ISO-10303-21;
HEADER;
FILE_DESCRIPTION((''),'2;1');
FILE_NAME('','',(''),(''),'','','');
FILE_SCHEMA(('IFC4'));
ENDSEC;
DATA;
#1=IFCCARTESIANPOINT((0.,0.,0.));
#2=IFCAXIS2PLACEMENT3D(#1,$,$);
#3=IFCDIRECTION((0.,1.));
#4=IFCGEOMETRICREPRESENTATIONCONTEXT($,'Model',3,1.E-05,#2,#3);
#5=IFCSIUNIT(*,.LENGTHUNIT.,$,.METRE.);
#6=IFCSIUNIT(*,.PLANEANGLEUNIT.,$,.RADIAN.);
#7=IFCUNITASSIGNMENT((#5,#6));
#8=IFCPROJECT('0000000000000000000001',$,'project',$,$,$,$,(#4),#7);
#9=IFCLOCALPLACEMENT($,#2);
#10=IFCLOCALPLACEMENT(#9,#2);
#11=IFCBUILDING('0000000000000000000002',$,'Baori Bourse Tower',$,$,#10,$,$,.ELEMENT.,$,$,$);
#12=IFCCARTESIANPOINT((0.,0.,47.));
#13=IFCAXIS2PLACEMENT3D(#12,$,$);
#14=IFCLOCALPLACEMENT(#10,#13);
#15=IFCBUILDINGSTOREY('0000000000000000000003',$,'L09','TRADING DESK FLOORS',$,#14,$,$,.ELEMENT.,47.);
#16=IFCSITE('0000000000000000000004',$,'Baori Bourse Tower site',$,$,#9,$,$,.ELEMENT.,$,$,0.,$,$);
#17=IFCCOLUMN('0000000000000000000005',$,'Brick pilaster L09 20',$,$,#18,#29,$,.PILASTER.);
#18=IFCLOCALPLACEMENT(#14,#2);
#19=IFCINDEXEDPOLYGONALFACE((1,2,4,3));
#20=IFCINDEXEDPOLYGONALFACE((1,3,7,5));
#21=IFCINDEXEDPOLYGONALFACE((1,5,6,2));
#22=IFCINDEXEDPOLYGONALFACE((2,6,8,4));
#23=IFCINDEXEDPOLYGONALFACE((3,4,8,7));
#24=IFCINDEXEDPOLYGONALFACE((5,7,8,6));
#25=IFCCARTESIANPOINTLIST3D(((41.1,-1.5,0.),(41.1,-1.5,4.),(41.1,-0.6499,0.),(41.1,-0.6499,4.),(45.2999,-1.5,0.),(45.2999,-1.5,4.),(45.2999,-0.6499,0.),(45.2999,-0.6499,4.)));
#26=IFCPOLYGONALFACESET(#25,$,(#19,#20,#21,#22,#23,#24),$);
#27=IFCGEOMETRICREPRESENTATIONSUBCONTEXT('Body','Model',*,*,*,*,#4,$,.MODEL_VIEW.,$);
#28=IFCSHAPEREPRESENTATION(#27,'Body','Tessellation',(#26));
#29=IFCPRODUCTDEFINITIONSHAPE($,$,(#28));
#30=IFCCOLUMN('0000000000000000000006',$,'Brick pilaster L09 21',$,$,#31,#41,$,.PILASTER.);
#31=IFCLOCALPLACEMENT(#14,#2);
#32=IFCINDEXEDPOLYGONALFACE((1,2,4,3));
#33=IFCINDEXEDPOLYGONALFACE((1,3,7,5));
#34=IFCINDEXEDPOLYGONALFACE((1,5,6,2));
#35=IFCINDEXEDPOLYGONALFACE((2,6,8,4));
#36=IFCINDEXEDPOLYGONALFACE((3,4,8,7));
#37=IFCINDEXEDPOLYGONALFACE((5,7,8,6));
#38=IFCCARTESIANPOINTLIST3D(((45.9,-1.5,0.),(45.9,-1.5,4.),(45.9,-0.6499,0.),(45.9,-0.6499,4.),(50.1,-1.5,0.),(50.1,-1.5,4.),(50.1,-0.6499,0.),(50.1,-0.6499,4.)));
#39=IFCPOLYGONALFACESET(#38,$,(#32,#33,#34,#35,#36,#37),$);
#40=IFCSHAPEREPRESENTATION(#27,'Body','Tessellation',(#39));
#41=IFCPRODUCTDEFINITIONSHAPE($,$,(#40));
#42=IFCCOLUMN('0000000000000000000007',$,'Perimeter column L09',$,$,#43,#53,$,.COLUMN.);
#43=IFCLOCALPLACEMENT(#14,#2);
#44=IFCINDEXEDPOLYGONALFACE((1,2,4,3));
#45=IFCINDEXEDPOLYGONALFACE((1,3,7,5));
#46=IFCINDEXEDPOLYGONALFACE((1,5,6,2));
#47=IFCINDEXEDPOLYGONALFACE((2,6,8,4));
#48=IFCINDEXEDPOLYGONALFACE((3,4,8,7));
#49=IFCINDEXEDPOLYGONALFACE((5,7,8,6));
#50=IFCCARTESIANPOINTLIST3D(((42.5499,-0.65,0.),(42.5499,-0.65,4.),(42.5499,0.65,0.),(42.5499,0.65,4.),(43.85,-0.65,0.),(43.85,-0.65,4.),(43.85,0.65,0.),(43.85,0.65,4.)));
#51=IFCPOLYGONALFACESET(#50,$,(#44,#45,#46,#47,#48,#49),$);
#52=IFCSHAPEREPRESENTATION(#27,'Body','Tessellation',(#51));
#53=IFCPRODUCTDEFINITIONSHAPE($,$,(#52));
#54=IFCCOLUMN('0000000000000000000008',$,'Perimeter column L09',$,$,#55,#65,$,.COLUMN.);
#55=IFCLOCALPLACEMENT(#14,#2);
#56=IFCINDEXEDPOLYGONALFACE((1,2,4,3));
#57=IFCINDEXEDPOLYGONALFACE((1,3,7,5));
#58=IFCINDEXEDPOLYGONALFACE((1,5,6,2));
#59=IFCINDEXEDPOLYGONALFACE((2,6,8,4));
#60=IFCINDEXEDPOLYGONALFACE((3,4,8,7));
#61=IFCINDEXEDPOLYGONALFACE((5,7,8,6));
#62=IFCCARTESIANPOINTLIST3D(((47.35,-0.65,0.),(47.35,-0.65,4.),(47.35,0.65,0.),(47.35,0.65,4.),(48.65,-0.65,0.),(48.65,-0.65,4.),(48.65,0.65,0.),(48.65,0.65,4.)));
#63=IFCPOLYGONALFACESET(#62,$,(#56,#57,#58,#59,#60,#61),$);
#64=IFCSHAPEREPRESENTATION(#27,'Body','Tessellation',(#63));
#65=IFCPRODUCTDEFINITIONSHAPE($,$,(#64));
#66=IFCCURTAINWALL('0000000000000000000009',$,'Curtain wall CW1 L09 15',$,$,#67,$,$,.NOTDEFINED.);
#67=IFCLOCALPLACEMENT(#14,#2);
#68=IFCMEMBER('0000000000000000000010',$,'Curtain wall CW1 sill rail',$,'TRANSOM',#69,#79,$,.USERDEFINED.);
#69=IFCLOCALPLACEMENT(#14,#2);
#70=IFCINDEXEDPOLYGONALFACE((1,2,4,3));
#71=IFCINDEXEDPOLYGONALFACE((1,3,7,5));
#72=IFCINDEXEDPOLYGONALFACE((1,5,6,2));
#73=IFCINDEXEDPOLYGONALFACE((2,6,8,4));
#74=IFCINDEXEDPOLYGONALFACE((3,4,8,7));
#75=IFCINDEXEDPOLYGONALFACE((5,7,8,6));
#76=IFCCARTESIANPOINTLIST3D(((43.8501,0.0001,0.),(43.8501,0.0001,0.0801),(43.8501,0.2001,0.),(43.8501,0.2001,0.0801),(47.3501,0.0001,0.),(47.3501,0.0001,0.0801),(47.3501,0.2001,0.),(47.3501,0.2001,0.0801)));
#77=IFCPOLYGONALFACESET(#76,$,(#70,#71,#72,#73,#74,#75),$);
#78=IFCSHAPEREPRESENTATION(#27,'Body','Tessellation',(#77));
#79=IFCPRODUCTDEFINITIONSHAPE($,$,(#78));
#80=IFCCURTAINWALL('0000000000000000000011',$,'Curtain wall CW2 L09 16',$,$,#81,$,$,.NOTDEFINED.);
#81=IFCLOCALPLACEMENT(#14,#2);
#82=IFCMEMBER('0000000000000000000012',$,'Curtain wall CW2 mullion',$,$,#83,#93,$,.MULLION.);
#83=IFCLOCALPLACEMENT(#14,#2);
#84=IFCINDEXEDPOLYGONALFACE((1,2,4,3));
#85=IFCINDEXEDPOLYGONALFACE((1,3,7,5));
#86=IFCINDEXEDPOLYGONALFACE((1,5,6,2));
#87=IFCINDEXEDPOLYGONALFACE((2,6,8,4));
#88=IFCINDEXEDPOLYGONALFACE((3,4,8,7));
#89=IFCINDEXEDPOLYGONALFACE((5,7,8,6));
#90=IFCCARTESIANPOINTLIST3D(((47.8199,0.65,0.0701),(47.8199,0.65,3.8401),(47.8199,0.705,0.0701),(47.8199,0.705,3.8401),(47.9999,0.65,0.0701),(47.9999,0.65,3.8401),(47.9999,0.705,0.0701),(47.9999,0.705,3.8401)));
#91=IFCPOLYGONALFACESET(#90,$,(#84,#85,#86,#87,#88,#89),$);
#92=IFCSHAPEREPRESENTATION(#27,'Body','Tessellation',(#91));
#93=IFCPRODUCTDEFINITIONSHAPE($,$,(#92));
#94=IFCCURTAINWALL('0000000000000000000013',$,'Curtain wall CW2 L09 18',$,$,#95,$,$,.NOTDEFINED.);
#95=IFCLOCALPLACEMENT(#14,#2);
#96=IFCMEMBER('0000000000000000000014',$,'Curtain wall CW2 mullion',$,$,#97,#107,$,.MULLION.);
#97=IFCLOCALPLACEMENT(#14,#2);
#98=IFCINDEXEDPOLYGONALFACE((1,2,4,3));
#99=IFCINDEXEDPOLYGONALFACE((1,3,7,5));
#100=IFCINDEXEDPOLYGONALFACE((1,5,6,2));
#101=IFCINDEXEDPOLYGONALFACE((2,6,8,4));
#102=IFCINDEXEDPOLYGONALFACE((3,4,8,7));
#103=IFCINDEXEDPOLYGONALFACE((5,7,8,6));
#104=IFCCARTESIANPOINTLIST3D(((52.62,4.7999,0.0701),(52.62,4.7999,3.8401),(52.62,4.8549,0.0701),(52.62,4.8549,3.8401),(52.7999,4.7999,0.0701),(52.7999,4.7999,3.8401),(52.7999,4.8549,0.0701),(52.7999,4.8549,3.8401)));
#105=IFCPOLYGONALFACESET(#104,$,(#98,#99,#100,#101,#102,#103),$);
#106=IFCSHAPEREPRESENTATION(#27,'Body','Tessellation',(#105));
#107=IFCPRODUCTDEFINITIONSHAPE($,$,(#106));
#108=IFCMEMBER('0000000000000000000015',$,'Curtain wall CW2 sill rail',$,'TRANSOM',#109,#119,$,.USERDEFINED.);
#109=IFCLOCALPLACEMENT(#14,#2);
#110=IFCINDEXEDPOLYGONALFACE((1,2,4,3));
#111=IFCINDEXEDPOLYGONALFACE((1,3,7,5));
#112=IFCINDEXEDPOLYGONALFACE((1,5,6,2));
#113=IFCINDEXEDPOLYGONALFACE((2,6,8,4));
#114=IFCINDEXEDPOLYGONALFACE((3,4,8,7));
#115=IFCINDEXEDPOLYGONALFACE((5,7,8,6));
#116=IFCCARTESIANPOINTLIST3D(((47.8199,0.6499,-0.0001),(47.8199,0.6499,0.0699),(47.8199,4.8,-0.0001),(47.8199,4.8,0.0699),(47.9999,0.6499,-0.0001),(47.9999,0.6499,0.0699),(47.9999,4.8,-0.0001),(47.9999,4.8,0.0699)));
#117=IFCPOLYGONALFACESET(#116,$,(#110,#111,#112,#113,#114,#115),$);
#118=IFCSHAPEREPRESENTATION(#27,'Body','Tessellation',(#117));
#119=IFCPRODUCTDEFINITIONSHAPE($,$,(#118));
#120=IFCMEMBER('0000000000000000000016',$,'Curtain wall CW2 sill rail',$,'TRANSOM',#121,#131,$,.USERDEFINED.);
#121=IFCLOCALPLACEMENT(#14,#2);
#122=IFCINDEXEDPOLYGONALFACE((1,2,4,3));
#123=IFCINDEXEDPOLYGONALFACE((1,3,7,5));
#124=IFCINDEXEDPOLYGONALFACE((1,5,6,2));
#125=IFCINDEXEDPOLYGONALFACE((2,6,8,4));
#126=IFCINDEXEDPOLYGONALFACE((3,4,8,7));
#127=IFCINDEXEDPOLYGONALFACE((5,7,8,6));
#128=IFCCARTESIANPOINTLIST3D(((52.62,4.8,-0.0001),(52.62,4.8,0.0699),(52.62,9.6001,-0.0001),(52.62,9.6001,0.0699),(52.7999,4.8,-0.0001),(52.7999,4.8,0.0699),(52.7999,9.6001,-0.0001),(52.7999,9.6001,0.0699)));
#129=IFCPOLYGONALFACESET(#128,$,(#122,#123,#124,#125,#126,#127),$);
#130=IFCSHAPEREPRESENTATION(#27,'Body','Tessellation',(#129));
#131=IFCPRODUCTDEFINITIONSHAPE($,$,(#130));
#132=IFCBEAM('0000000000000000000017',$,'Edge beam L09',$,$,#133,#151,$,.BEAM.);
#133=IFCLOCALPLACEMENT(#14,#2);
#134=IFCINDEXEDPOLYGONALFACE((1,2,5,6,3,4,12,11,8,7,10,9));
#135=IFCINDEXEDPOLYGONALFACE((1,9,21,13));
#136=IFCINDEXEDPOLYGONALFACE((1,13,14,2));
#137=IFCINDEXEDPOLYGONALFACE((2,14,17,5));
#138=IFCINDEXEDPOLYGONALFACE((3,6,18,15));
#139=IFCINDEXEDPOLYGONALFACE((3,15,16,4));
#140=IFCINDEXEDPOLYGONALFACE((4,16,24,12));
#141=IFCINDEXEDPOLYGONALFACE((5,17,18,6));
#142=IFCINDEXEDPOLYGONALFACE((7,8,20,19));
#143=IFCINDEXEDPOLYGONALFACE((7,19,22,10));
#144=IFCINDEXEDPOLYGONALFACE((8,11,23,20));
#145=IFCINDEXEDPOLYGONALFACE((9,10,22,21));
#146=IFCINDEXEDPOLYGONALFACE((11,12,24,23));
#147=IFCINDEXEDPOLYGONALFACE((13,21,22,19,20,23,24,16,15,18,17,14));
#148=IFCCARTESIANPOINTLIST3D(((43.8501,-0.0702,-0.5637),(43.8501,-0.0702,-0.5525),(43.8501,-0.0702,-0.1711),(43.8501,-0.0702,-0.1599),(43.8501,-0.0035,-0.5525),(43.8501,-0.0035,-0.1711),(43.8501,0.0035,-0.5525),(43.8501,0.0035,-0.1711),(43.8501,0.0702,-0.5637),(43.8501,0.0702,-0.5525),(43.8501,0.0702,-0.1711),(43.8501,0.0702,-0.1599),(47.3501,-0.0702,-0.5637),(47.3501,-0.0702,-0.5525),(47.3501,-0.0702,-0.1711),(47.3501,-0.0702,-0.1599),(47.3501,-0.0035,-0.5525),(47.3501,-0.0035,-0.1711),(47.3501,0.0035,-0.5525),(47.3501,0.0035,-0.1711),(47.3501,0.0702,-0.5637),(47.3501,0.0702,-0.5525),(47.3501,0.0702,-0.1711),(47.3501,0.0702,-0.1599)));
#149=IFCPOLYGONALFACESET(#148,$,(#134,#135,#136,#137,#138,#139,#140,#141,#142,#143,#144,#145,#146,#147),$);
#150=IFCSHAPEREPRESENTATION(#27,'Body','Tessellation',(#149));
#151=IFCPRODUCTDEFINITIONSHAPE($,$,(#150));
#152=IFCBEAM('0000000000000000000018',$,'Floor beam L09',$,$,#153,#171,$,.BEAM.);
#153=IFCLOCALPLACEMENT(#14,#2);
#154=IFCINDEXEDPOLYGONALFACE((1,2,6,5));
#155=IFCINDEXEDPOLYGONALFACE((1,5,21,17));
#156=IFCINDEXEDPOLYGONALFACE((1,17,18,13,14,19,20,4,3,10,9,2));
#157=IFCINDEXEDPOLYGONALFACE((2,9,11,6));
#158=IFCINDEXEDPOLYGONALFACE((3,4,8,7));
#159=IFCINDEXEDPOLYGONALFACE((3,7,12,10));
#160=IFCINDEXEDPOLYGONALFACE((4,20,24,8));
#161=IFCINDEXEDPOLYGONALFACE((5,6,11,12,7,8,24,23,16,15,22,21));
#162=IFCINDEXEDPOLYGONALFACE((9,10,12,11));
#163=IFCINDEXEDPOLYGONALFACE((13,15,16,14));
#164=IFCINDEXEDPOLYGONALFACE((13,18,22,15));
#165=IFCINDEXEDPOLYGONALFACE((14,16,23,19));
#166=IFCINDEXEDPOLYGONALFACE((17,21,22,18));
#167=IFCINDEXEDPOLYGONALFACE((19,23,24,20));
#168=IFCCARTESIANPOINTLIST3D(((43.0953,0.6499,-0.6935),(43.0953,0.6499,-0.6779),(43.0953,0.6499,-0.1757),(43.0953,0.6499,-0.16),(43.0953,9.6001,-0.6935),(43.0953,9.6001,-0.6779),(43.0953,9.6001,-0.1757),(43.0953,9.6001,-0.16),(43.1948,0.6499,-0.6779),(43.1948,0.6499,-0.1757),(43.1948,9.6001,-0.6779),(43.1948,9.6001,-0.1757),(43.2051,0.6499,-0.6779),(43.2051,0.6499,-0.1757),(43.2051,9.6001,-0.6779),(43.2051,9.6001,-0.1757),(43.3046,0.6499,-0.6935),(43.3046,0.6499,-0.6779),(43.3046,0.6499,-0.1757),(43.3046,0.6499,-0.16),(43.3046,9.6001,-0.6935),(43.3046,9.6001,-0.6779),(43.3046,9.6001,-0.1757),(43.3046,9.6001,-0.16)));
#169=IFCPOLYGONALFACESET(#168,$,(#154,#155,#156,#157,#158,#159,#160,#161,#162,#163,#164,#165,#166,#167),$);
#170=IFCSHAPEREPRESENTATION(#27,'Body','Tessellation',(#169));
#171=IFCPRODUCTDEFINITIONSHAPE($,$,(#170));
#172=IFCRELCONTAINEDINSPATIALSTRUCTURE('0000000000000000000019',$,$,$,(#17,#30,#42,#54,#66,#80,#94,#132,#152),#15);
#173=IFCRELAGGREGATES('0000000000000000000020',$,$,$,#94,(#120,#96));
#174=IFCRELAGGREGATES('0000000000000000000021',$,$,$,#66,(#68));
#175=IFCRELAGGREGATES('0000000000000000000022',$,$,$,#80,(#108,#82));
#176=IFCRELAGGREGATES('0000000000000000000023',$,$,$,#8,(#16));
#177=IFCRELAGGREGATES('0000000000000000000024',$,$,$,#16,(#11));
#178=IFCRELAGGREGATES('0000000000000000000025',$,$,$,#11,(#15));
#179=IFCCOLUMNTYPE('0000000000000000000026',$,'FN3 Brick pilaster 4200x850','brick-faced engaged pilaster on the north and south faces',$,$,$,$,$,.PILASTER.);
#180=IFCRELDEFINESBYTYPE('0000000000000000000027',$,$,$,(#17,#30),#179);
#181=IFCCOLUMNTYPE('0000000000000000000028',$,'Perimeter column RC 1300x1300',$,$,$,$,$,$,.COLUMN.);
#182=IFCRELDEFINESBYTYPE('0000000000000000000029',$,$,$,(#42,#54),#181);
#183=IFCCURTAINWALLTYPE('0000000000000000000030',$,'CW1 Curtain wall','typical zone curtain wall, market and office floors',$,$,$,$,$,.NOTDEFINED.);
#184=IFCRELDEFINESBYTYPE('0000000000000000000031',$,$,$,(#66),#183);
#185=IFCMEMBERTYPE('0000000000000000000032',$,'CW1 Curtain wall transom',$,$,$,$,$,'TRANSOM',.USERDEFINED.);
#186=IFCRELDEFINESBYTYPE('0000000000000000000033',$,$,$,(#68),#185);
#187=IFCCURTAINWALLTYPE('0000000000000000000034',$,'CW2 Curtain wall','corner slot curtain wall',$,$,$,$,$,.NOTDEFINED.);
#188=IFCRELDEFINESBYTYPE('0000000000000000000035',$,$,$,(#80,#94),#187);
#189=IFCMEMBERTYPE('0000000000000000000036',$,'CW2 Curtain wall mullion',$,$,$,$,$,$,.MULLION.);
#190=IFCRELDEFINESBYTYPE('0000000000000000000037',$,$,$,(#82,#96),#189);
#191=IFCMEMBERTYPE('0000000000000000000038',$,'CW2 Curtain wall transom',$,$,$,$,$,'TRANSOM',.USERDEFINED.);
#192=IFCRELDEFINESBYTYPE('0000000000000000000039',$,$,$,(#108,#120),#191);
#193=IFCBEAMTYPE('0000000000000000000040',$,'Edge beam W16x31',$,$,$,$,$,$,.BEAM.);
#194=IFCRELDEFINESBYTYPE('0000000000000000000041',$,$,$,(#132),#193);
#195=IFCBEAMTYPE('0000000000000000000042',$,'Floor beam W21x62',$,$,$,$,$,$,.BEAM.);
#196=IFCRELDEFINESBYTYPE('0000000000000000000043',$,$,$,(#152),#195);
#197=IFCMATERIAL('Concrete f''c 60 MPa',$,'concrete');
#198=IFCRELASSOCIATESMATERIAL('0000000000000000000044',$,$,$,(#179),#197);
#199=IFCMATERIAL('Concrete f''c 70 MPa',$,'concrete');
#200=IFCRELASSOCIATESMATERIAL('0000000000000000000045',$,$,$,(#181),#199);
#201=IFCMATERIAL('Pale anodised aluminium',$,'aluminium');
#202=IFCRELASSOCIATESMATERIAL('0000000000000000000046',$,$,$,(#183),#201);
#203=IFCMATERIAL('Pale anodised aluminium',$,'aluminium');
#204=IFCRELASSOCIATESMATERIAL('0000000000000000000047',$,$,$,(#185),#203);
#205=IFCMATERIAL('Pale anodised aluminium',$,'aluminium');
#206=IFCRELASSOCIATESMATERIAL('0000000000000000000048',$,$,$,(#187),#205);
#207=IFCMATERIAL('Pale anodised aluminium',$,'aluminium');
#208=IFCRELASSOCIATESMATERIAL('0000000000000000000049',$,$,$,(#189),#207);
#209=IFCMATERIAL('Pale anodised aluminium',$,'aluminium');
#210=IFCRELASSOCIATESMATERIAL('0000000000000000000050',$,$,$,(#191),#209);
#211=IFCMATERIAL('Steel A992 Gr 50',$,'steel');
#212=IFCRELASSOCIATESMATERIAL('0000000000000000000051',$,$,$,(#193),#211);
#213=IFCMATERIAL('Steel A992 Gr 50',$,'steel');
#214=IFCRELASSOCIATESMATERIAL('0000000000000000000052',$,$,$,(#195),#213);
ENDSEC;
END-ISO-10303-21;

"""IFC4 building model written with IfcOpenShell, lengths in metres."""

from ifc_helpers import new_model, si_unit, direction, frame, origin, origin_2d, place, context, subcontext, project, spatial, rectangle, i_section, extrude, material, material_profile, profile_set, type_object, element, aggregate, save


model = new_model("IFC4")

# Units and contexts
model_context = context("Model", 3, precision=1e-05, world=origin(), true_north=direction((0.0, 1.0)))
body_context = subcontext(model_context, "Body", "Model", "MODEL_VIEW")
ifc_project = project(units=[si_unit("LENGTHUNIT", "METRE"), si_unit("PLANEANGLEUNIT", "RADIAN")], contexts=[model_context])

# Site, building, storey
site_placement = place(None, origin())
site = spatial("IfcSite", under=ifc_project, at=site_placement, Name="Baori Bourse Tower site", CompositionType="ELEMENT", RefElevation=0.0)
building_placement = place(site_placement, origin())
building = spatial("IfcBuilding", under=site, at=building_placement, Name="Baori Bourse Tower", CompositionType="ELEMENT")
storey_placement = place(building_placement, frame((0.0, 0.0, 47.0)))
storey = spatial("IfcBuildingStorey", under=building, at=storey_placement, Name="L09", Description="TRADING DESK FLOORS", CompositionType="ELEMENT", Elevation=47.0)

# Columns
ifc_material_1 = material(Name="Concrete f'c 60 MPa", Category="concrete")
ifc_material_profile_1 = material_profile(ifc_material_1, rectangle(XDim=4.2, YDim=0.8501, at=origin_2d()), Name="RC 4200x850")
ifc_profile_set_1 = profile_set([ifc_material_profile_1], Name="Concrete f'c 60 MPa")
column_type_1 = type_object("IfcColumnType", Name="FN3 Brick pilaster 4200x850", Description="brick-faced engaged pilaster on the north and south faces", PredefinedType="PILASTER", material=ifc_profile_set_1)
for number, where, z_axis, x_axis, name in (
    (1, (43.2, -1.075, 0.0), (0.0, 0.0, 1.0), (1.0, 0.0, 0.0), "Brick pilaster L09 20"),
    (2, (48.0, -1.075, 0.0), (0.0, 0.0, 1.0), (1.0, 0.0, 0.0), "Brick pilaster L09 21"),
):
    element("IfcColumn", number, at=place(storey_placement, frame(where, z_axis=z_axis, x_axis=x_axis)), inside=storey, type_object=column_type_1, Name=name, PredefinedType="PILASTER", context=body_context, shape_type="SweptSolid", body=[
        extrude(rectangle(XDim=4.2, YDim=0.8501, at=origin_2d()), origin(), (0.0, 0.0, 1.0), 4.0),
    ])
ifc_material_2 = material(Name="Concrete f'c 70 MPa", Category="concrete")
ifc_material_profile_2 = material_profile(ifc_material_2, rectangle(XDim=1.3, YDim=1.3, at=origin_2d()), Name="RC 1300x1300")
ifc_profile_set_2 = profile_set([ifc_material_profile_2], Name="Concrete f'c 70 MPa")
column_type_2 = type_object("IfcColumnType", Name="Perimeter column RC 1300x1300", PredefinedType="COLUMN", material=ifc_profile_set_2)
for number, where, z_axis, x_axis, name in (
    (3, (43.2, 0.0, 0.0), (0.0, 0.0, 1.0), (1.0, 0.0, 0.0), "Perimeter column L09"),
    (4, (48.0, 0.0, 0.0), (0.0, 0.0, 1.0), (1.0, 0.0, 0.0), "Perimeter column L09"),
):
    element("IfcColumn", number, at=place(storey_placement, frame(where, z_axis=z_axis, x_axis=x_axis)), inside=storey, type_object=column_type_2, Name=name, PredefinedType="COLUMN", context=body_context, shape_type="SweptSolid", body=[
        extrude(rectangle(XDim=1.3, YDim=1.3, at=origin_2d()), origin(), (0.0, 0.0, 1.0), 4.0),
    ])

# Curtain walls, members
ifc_material_3 = material(Name="Pale anodised aluminium", Category="aluminium")
curtain_wall_type_1 = type_object("IfcCurtainWallType", Name="CW1 Curtain wall", Description="typical zone curtain wall, market and office floors", PredefinedType="NOTDEFINED", material=ifc_material_3)
curtain_wall_1_placement = place(storey_placement, origin())
curtain_wall_1 = element("IfcCurtainWall", 5, at=curtain_wall_1_placement, inside=storey, type_object=curtain_wall_type_1, Name="Curtain wall CW1 L09 15", PredefinedType="NOTDEFINED")
ifc_material_4 = material(Name="Pale anodised aluminium", Category="aluminium")
ifc_material_profile_3 = material_profile(ifc_material_4, rectangle(XDim=0.2, YDim=0.0801, at=origin_2d()), Name="Transom 80x200")
ifc_profile_set_3 = profile_set([ifc_material_profile_3], Name="Pale anodised aluminium")
member_type_1 = type_object("IfcMemberType", Name="CW1 Curtain wall transom", ElementType="TRANSOM", PredefinedType="USERDEFINED", material=ifc_profile_set_3)
member_1_placement = place(storey_placement, frame((43.8501, 0.1001, 0.04), z_axis=(1.0, 0.0, 0.0), x_axis=(0.0, 1.0, 0.0)))
member_1 = element("IfcMember", 6, at=member_1_placement, type_object=member_type_1, Name="Curtain wall CW1 sill rail", ObjectType="TRANSOM", PredefinedType="USERDEFINED", context=body_context, shape_type="SweptSolid", body=[
    extrude(rectangle(XDim=0.2, YDim=0.0801, at=origin_2d()), origin(), (0.0, 0.0, 1.0), 3.5),
])
ifc_material_5 = material(Name="Pale anodised aluminium", Category="aluminium")
curtain_wall_type_2 = type_object("IfcCurtainWallType", Name="CW2 Curtain wall", Description="corner slot curtain wall", PredefinedType="NOTDEFINED", material=ifc_material_5)
curtain_wall_2_placement = place(storey_placement, origin())
curtain_wall_2 = element("IfcCurtainWall", 7, at=curtain_wall_2_placement, inside=storey, type_object=curtain_wall_type_2, Name="Curtain wall CW2 L09 16", PredefinedType="NOTDEFINED")
ifc_material_6 = material(Name="Pale anodised aluminium", Category="aluminium")
ifc_material_profile_4 = material_profile(ifc_material_6, rectangle(XDim=0.1799, YDim=0.0549, at=origin_2d()), Name="Mullion 55x180")
ifc_profile_set_4 = profile_set([ifc_material_profile_4], Name="Pale anodised aluminium")
member_type_2 = type_object("IfcMemberType", Name="CW2 Curtain wall mullion", PredefinedType="MULLION", material=ifc_profile_set_4)
member_2_placement = place(storey_placement, frame((47.9099, 0.6775, 0.0701), z_axis=(0.0, 0.0, 1.0), x_axis=(-1.0, 0.0, 0.0)))
member_2 = element("IfcMember", 8, at=member_2_placement, type_object=member_type_2, Name="Curtain wall CW2 mullion", PredefinedType="MULLION", context=body_context, shape_type="SweptSolid", body=[
    extrude(rectangle(XDim=0.1799, YDim=0.0549, at=origin_2d()), origin(), (0.0, 0.0, 1.0), 3.77),
])
curtain_wall_3_placement = place(storey_placement, origin())
curtain_wall_3 = element("IfcCurtainWall", 9, at=curtain_wall_3_placement, inside=storey, type_object=curtain_wall_type_2, Name="Curtain wall CW2 L09 18", PredefinedType="NOTDEFINED")
member_3_placement = place(storey_placement, frame((52.71, 4.8274, 0.0701), z_axis=(0.0, 0.0, 1.0), x_axis=(-1.0, 0.0, 0.0)))
member_3 = element("IfcMember", 10, at=member_3_placement, type_object=member_type_2, Name="Curtain wall CW2 mullion", PredefinedType="MULLION", context=body_context, shape_type="SweptSolid", body=[
    extrude(rectangle(XDim=0.1799, YDim=0.0549, at=origin_2d()), origin(), (0.0, 0.0, 1.0), 3.77),
])

# Members
ifc_material_7 = material(Name="Pale anodised aluminium", Category="aluminium")
ifc_material_profile_5 = material_profile(ifc_material_7, rectangle(XDim=0.1799, YDim=0.0701, at=origin_2d()), Name="Transom 70x180")
ifc_profile_set_5 = profile_set([ifc_material_profile_5], Name="Pale anodised aluminium")
member_type_3 = type_object("IfcMemberType", Name="CW2 Curtain wall transom", ElementType="TRANSOM", PredefinedType="USERDEFINED", material=ifc_profile_set_5)
member_4_placement = place(storey_placement, frame((47.9099, 0.6499, 0.0349), z_axis=(0.0, 1.0, 0.0), x_axis=(-1.0, 0.0, 0.0)))
member_4 = element("IfcMember", 11, at=member_4_placement, type_object=member_type_3, Name="Curtain wall CW2 sill rail", ObjectType="TRANSOM", PredefinedType="USERDEFINED", context=body_context, shape_type="SweptSolid", body=[
    extrude(rectangle(XDim=0.1799, YDim=0.0701, at=origin_2d()), origin(), (0.0, 0.0, 1.0), 4.1501),
])
member_5_placement = place(storey_placement, frame((52.71, 4.8, 0.0349), z_axis=(0.0, 1.0, 0.0), x_axis=(-1.0, 0.0, 0.0)))
member_5 = element("IfcMember", 12, at=member_5_placement, type_object=member_type_3, Name="Curtain wall CW2 sill rail", ObjectType="TRANSOM", PredefinedType="USERDEFINED", context=body_context, shape_type="SweptSolid", body=[
    extrude(rectangle(XDim=0.1799, YDim=0.0701, at=origin_2d()), origin(), (0.0, 0.0, 1.0), 4.8),
])
aggregate(curtain_wall_3, [member_5, member_3])

# Beams
ifc_material_8 = material(Name="Steel A992 Gr 50", Category="steel")
ifc_material_profile_6 = material_profile(ifc_material_8, i_section(OverallWidth=0.1404, OverallDepth=0.4038, WebThickness=0.0071, FlangeThickness=0.0112, at=origin_2d()), Name="W16x31")
ifc_profile_set_6 = profile_set([ifc_material_profile_6], Name="Steel A992 Gr 50")
beam_type_1 = type_object("IfcBeamType", Name="Edge beam W16x31", PredefinedType="BEAM", material=ifc_profile_set_6)
beam_1_placement = place(storey_placement, frame((43.8501, 0.0, -0.3618), z_axis=(1.0, 0.0, 0.0), x_axis=(0.0, 1.0, 0.0)))
element("IfcBeam", 13, at=beam_1_placement, inside=storey, type_object=beam_type_1, Name="Edge beam L09", PredefinedType="BEAM", context=body_context, shape_type="SweptSolid", body=[
    extrude(i_section(OverallWidth=0.1404, OverallDepth=0.4038, WebThickness=0.0071, FlangeThickness=0.0112, at=origin_2d()), origin(), (0.0, 0.0, 1.0), 3.5),
])
ifc_material_9 = material(Name="Steel A992 Gr 50", Category="steel")
ifc_material_profile_7 = material_profile(ifc_material_9, i_section(OverallWidth=0.2092, OverallDepth=0.5334, WebThickness=0.0103, FlangeThickness=0.0156, at=origin_2d()), Name="W21x62")
ifc_profile_set_7 = profile_set([ifc_material_profile_7], Name="Steel A992 Gr 50")
beam_type_2 = type_object("IfcBeamType", Name="Floor beam W21x62", PredefinedType="BEAM", material=ifc_profile_set_7)
beam_2_placement = place(storey_placement, frame((43.2, 0.6499, -0.4268), z_axis=(0.0, 1.0, 0.0), x_axis=(-1.0, 0.0, 0.0)))
element("IfcBeam", 14, at=beam_2_placement, inside=storey, type_object=beam_type_2, Name="Floor beam L09", PredefinedType="BEAM", context=body_context, shape_type="SweptSolid", body=[
    extrude(i_section(OverallWidth=0.2092, OverallDepth=0.5334, WebThickness=0.0103, FlangeThickness=0.0156, at=origin_2d()), origin(), (0.0, 0.0, 1.0), 8.9502),
])

aggregate(curtain_wall_1, [member_1])
aggregate(curtain_wall_2, [member_4, member_2])

save(model, "model.ifc")
